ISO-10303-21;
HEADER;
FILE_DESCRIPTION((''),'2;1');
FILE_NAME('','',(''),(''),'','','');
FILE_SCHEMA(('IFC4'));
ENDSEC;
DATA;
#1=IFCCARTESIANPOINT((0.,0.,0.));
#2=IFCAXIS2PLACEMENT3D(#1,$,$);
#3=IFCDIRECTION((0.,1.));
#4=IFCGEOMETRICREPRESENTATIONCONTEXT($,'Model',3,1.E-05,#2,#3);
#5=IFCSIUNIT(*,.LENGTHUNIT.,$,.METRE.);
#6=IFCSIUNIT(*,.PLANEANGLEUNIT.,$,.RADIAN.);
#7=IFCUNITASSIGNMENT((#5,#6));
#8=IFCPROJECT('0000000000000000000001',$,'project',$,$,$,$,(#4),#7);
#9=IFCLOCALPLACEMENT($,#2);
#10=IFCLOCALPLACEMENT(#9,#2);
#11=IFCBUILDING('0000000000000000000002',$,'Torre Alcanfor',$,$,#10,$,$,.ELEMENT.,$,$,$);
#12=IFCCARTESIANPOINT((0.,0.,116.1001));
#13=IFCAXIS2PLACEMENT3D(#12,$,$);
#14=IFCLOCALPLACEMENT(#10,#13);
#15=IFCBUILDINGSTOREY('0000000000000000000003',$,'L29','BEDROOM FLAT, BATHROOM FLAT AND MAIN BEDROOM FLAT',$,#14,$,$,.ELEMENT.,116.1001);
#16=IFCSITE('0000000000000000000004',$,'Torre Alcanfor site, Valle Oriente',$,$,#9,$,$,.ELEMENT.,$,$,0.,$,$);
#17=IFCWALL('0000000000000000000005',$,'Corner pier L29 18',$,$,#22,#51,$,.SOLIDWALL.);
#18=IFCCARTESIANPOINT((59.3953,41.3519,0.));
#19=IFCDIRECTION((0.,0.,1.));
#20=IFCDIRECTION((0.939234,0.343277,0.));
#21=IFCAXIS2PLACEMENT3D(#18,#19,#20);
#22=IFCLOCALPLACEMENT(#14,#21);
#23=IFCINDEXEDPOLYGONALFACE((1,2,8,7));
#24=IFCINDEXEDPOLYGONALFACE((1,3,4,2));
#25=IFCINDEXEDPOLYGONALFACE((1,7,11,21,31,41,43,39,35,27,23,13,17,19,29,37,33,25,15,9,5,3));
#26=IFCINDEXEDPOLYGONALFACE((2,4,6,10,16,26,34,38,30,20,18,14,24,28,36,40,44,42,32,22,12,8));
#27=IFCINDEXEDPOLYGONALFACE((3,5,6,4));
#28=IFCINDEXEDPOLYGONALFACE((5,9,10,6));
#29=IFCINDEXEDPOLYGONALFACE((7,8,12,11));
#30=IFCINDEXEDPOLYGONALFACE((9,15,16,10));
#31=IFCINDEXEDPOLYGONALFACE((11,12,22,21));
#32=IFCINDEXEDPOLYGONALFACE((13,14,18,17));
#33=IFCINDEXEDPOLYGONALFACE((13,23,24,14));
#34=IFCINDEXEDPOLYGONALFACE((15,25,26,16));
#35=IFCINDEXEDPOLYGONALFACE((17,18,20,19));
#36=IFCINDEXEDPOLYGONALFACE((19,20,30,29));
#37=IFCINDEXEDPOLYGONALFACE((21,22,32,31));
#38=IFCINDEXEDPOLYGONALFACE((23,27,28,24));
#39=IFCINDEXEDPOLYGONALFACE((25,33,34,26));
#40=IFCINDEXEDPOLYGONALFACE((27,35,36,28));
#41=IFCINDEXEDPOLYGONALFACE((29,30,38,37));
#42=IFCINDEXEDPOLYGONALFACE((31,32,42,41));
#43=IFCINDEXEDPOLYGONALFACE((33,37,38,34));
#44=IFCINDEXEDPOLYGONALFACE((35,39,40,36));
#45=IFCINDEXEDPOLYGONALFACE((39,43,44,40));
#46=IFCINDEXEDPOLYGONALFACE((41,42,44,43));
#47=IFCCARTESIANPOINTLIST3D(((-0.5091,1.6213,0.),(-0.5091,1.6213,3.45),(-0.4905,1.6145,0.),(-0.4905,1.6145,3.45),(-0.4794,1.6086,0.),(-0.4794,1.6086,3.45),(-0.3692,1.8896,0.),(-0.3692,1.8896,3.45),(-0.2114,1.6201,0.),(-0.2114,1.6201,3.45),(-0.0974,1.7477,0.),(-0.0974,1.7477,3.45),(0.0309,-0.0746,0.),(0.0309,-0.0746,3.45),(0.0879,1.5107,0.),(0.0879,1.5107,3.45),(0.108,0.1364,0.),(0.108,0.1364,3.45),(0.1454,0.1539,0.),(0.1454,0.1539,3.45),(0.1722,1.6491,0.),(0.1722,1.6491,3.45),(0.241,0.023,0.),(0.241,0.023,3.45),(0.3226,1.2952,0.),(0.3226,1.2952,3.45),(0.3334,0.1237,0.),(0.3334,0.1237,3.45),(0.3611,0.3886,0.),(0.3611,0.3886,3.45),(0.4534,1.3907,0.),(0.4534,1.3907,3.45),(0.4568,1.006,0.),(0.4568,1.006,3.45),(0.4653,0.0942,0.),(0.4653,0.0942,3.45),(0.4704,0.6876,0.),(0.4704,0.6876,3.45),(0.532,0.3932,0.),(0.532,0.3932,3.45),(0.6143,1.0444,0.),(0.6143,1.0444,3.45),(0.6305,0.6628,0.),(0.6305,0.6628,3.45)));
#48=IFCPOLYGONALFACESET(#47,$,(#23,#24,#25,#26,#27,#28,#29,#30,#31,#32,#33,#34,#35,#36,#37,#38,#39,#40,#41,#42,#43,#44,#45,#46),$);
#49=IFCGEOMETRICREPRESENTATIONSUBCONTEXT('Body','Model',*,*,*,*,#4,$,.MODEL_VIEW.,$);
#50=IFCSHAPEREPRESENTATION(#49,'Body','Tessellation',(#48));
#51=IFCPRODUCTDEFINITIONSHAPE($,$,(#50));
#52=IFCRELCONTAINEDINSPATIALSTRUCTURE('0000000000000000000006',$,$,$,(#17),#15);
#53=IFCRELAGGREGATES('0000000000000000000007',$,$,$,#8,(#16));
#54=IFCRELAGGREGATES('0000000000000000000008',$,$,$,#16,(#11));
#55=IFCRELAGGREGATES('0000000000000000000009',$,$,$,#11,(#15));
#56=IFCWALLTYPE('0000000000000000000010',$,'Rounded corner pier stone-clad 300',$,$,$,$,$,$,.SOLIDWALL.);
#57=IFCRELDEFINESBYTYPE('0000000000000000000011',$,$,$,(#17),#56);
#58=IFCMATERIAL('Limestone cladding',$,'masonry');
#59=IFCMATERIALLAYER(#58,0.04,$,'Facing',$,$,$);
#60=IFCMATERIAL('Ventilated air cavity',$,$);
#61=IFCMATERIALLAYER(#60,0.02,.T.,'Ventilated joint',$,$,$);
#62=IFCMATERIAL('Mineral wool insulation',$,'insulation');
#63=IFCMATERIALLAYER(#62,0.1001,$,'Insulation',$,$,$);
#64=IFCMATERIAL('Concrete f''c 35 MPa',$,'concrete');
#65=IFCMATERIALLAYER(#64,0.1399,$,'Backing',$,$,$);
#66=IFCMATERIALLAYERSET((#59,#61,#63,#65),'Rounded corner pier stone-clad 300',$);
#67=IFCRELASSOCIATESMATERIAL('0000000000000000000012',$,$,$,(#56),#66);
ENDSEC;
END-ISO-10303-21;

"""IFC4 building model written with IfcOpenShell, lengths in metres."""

from ifc_helpers import new_model, si_unit, direction, frame, origin, place, context, subcontext, project, spatial, polyline, outline, extrude, material, layer, layer_set, type_object, element, save


model = new_model("IFC4")

# Units and contexts
model_context = context("Model", 3, precision=1e-05, world=origin(), true_north=direction((0.0, 1.0)))
body_context = subcontext(model_context, "Body", "Model", "MODEL_VIEW")
ifc_project = project(units=[si_unit("LENGTHUNIT", "METRE"), si_unit("PLANEANGLEUNIT", "RADIAN")], contexts=[model_context])

# Site, building, storey
site_placement = place(None, origin())
site = spatial("IfcSite", under=ifc_project, at=site_placement, Name="Torre Alcanfor site, Valle Oriente", CompositionType="ELEMENT", RefElevation=0.0)
building_placement = place(site_placement, origin())
building = spatial("IfcBuilding", under=site, at=building_placement, Name="Torre Alcanfor", CompositionType="ELEMENT")
storey_placement = place(building_placement, frame((0.0, 0.0, 116.1001)))
storey = spatial("IfcBuildingStorey", under=building, at=storey_placement, Name="L29", Description="BEDROOM FLAT, BATHROOM FLAT AND MAIN BEDROOM FLAT", CompositionType="ELEMENT", Elevation=116.1001)

# Shared definitions
ifc_material_1 = material(Name="Limestone cladding", Category="masonry")
ifc_material_2 = material(Name="Ventilated air cavity")
ifc_material_3 = material(Name="Mineral wool insulation", Category="insulation")
ifc_material_4 = material(Name="Concrete f'c 35 MPa", Category="concrete")

# Wall
ifc_layer_1 = layer(ifc_material_1, 0.04, Name="Facing")
ifc_layer_2 = layer(ifc_material_2, 0.02, ventilated=True, Name="Ventilated joint")
ifc_layer_3 = layer(ifc_material_3, 0.1001, Name="Insulation")
ifc_layer_4 = layer(ifc_material_4, 0.1399, Name="Backing")
ifc_layer_set_1 = layer_set([ifc_layer_1, ifc_layer_2, ifc_layer_3, ifc_layer_4], Name="Rounded corner pier stone-clad 300")
wall_type_1 = type_object("IfcWallType", Name="Rounded corner pier stone-clad 300", PredefinedType="SOLIDWALL", material=ifc_layer_set_1)
wall_1_placement = place(storey_placement, frame((59.3953, 41.3519, 0.0), z_axis=(0.0, 0.0, 1.0), x_axis=(0.939234, 0.343277, 0.0)))
element("IfcWall", 1, at=wall_1_placement, inside=storey, type_object=wall_type_1, Name="Corner pier L29 18", PredefinedType="SOLIDWALL", context=body_context, shape_type="SweptSolid", body=[
    extrude(outline(polyline([(0.532, 0.3932), (0.6305, 0.6628), (0.6143, 1.0444), (0.4534, 1.3907), (0.1722, 1.6491), (-0.0974, 1.7477), (-0.3692, 1.8896), (-0.5091, 1.6213), (-0.4905, 1.6145), (-0.4794, 1.6086), (-0.2114, 1.6201), (0.0879, 1.5107), (0.3226, 1.2952), (0.4568, 1.006), (0.4704, 0.6876), (0.3611, 0.3886), (0.1454, 0.1539), (0.108, 0.1364), (0.0309, -0.0746), (0.241, 0.023), (0.3334, 0.1237), (0.4653, 0.0942), (0.532, 0.3932)])), origin(), (0.0, 0.0, 1.0), 3.45),
])

save(model, "model.ifc")
